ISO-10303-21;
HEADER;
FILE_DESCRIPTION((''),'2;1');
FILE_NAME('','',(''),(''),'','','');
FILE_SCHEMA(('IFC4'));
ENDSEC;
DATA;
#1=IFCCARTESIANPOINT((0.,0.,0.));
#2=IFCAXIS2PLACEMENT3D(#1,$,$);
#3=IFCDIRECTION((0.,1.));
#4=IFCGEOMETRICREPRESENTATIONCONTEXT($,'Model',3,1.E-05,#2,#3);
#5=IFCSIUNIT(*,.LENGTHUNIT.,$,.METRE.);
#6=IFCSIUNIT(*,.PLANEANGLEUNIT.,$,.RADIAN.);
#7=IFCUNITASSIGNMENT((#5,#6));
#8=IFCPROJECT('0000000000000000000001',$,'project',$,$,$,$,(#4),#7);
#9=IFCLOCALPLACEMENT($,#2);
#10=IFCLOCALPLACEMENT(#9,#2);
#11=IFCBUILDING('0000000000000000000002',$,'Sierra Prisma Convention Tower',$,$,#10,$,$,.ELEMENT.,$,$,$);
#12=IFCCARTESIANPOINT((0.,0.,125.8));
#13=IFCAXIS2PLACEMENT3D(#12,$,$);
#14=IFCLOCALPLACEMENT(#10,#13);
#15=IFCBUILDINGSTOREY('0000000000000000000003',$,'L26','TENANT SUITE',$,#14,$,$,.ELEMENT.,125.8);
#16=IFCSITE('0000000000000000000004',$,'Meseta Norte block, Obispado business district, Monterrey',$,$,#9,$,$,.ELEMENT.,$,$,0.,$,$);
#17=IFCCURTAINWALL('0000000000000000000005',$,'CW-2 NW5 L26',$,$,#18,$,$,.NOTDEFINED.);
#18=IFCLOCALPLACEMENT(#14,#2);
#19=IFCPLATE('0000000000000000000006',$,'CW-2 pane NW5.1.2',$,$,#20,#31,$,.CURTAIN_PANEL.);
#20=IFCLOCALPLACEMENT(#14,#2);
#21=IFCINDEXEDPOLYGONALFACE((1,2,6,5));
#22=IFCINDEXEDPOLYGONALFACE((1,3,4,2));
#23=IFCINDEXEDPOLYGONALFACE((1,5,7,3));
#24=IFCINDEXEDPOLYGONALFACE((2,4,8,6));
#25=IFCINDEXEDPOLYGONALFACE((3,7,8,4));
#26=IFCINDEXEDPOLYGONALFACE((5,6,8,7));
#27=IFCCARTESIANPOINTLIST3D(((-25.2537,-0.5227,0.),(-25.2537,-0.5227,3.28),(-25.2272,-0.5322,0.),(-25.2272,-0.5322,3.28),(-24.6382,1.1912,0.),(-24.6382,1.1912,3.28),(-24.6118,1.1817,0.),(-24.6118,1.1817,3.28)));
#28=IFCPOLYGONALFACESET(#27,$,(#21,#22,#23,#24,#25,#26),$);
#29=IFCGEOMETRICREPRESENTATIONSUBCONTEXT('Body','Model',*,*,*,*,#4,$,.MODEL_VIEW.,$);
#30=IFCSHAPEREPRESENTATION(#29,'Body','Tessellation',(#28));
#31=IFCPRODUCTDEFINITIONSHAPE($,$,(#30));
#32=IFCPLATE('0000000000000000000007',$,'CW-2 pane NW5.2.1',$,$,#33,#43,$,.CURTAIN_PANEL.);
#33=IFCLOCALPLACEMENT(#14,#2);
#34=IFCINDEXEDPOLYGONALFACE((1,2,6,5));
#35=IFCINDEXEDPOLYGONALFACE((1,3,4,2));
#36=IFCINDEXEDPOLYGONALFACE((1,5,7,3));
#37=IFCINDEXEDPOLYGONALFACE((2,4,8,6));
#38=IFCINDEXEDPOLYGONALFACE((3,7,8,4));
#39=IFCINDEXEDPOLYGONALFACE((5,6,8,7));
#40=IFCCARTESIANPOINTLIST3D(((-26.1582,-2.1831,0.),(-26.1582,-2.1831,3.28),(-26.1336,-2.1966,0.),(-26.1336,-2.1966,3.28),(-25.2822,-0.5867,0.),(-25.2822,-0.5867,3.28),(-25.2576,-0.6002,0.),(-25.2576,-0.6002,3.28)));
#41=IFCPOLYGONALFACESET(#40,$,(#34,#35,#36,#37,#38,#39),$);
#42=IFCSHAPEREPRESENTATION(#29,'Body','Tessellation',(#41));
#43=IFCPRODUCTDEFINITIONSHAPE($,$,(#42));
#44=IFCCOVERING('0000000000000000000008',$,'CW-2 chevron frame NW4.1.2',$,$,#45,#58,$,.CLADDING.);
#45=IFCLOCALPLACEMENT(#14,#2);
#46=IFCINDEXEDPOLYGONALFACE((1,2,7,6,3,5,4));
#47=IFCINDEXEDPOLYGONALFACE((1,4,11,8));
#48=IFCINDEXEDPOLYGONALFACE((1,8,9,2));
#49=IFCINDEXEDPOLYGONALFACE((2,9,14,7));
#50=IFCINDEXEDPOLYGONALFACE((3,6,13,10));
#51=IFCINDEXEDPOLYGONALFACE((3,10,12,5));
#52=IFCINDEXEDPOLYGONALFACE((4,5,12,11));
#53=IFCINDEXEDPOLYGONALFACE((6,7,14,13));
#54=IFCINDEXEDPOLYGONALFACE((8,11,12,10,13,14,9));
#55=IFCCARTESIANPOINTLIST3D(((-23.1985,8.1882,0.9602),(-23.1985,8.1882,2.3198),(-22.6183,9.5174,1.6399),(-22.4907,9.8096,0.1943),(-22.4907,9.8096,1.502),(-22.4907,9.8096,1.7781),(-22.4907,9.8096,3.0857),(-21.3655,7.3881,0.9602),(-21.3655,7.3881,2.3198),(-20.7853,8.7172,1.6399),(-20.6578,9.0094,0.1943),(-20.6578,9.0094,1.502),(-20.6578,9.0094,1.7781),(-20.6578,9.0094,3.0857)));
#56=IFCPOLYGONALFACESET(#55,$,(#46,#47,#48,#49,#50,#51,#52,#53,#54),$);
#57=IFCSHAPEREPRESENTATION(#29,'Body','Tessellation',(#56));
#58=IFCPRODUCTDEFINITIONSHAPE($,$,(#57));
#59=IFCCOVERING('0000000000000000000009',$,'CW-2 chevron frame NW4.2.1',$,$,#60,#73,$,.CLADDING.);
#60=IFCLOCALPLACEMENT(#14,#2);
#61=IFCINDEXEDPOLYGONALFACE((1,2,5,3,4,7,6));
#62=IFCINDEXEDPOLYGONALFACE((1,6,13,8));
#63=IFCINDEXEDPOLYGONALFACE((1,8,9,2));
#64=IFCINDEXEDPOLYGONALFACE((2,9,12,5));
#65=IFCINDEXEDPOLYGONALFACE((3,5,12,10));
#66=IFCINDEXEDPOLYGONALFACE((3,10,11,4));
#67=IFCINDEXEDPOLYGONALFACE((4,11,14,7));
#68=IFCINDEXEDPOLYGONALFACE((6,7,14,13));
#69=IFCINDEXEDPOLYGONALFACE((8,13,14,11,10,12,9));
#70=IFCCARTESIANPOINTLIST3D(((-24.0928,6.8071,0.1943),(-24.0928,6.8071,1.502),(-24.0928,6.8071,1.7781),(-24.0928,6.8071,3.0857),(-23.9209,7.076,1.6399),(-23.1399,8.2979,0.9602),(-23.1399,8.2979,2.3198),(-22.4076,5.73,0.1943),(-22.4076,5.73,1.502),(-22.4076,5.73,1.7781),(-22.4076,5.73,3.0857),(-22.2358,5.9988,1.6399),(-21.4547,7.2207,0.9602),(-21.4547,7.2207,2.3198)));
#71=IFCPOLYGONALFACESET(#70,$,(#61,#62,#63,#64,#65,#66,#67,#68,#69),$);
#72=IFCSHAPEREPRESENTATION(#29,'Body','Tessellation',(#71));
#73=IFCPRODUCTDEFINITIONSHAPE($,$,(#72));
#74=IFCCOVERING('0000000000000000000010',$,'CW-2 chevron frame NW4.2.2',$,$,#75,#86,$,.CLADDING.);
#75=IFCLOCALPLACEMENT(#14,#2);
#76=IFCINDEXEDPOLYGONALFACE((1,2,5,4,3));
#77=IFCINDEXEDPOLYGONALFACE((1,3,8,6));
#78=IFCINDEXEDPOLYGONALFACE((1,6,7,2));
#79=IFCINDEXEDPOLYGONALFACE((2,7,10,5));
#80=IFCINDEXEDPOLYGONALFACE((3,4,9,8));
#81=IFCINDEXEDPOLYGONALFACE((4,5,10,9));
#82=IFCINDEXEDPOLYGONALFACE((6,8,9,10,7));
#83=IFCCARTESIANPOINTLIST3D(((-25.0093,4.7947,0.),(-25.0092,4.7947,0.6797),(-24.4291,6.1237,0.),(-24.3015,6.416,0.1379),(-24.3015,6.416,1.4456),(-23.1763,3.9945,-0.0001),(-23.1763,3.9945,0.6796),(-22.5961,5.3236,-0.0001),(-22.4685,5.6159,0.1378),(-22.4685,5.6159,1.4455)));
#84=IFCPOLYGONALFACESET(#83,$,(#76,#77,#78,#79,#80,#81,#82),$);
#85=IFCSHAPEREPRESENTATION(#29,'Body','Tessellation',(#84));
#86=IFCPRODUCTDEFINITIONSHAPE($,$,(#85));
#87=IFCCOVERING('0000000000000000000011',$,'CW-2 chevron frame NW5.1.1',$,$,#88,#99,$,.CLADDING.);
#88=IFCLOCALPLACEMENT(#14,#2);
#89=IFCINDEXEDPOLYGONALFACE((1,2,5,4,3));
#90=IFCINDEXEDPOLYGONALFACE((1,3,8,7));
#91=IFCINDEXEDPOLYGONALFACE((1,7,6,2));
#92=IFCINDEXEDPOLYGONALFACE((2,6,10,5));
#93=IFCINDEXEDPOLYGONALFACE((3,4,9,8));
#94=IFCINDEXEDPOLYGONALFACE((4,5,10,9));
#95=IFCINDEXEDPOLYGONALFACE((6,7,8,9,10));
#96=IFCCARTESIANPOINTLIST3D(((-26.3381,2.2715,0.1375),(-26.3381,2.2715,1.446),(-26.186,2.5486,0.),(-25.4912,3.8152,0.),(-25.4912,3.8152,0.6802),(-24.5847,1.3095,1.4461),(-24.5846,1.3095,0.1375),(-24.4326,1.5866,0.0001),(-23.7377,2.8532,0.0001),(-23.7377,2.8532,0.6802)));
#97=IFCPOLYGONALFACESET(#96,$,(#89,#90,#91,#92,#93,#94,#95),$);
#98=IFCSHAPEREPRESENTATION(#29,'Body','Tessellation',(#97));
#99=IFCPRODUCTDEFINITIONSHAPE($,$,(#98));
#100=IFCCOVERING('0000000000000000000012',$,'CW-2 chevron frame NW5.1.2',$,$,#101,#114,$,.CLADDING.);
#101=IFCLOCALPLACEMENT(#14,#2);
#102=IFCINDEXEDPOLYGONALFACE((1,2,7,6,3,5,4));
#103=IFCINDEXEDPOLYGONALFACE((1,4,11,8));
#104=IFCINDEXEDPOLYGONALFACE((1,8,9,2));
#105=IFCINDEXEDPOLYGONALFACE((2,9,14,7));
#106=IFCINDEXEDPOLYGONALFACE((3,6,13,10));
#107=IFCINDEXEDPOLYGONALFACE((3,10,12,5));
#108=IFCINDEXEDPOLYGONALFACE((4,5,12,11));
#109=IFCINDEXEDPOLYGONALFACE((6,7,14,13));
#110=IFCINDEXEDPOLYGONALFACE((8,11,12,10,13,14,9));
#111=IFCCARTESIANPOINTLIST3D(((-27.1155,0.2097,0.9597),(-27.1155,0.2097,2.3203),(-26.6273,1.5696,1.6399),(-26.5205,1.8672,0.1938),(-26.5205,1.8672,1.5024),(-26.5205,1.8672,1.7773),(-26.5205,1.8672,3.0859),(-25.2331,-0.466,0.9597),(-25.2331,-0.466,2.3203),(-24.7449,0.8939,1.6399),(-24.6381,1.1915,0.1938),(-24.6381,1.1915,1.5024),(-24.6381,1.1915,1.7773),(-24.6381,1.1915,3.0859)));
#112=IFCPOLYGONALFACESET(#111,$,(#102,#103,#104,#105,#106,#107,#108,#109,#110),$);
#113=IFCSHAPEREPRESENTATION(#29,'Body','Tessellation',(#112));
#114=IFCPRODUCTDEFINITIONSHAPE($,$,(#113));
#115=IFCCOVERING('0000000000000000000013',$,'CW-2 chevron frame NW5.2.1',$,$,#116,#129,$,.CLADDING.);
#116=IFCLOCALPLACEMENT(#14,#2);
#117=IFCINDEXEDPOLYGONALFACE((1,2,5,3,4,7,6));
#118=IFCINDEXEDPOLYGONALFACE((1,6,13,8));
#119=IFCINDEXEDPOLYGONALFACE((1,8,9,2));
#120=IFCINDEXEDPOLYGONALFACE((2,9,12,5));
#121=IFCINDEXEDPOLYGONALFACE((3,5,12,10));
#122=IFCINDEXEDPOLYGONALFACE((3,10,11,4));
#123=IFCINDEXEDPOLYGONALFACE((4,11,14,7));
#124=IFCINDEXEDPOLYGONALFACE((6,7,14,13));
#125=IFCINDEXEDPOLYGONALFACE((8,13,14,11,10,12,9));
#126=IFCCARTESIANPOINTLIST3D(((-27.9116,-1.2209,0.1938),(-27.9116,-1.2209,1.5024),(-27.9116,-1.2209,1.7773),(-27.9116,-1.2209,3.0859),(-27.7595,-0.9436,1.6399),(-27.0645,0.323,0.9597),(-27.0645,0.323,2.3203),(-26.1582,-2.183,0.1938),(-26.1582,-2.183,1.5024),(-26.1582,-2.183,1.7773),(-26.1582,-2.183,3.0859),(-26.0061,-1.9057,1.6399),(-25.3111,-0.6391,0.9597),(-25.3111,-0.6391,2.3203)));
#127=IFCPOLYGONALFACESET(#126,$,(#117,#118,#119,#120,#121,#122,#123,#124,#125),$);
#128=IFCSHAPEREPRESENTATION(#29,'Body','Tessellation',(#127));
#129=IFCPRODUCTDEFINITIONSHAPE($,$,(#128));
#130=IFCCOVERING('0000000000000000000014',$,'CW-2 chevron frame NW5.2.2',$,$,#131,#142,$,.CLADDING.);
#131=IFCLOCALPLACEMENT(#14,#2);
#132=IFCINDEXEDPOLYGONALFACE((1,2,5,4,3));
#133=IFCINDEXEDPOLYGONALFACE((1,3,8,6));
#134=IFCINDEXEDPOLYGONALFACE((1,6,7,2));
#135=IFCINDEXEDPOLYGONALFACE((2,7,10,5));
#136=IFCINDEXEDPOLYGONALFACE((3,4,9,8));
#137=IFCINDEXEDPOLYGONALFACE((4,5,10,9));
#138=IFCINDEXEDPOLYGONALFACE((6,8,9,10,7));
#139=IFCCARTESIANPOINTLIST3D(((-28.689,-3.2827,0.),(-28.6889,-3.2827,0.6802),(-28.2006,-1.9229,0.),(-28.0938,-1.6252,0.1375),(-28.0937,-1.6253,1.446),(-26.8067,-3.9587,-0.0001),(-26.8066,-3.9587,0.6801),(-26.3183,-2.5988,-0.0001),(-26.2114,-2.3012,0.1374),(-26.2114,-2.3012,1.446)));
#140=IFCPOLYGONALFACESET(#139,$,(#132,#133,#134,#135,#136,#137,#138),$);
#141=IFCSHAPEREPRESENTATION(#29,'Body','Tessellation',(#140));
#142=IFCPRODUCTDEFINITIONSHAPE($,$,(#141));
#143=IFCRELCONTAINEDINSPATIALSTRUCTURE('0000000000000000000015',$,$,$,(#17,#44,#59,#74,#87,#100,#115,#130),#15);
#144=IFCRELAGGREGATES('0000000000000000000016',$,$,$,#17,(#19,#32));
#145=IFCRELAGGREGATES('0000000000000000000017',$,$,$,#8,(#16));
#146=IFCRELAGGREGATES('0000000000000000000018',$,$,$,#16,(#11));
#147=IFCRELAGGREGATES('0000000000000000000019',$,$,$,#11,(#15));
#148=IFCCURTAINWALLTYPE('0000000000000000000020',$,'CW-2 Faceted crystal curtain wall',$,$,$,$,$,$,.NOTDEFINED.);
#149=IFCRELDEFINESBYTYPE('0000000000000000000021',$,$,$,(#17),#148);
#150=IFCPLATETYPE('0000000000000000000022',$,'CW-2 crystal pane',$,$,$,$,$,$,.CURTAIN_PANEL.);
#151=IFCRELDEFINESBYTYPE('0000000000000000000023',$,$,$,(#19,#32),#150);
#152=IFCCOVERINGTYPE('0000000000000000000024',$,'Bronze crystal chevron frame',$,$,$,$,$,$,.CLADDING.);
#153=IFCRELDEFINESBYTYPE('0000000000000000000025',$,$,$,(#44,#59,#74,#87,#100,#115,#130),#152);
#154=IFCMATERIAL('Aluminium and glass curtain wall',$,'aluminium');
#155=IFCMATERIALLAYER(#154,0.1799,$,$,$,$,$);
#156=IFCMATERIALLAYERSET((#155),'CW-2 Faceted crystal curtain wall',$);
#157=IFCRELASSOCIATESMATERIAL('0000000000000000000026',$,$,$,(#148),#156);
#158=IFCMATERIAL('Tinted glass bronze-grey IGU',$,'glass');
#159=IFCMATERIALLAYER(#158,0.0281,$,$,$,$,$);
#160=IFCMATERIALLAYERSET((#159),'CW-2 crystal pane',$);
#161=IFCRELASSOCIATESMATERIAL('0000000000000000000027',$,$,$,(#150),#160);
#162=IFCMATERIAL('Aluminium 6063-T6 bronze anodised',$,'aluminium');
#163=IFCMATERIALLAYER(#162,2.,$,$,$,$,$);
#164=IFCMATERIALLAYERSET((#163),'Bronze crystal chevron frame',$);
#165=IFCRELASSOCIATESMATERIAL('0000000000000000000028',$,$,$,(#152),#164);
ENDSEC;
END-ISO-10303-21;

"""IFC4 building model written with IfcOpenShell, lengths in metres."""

from ifc_helpers import new_model, si_unit, direction, frame, origin, place, context, subcontext, project, spatial, polyline, outline, extrude, material, layer, layer_set, type_object, element, aggregate, save


model = new_model("IFC4")

# Units and contexts
model_context = context("Model", 3, precision=1e-05, world=origin(), true_north=direction((0.0, 1.0)))
body_context = subcontext(model_context, "Body", "Model", "MODEL_VIEW")
ifc_project = project(units=[si_unit("LENGTHUNIT", "METRE"), si_unit("PLANEANGLEUNIT", "RADIAN")], contexts=[model_context])

# Site, building, storey
site_placement = place(None, origin())
site = spatial("IfcSite", under=ifc_project, at=site_placement, Name="Meseta Norte block, Obispado business district, Monterrey", CompositionType="ELEMENT", RefElevation=0.0)
building_placement = place(site_placement, origin())
building = spatial("IfcBuilding", under=site, at=building_placement, Name="Sierra Prisma Convention Tower", CompositionType="ELEMENT")
storey_placement = place(building_placement, frame((0.0, 0.0, 125.8)))
storey = spatial("IfcBuildingStorey", under=building, at=storey_placement, Name="L26", Description="TENANT SUITE", CompositionType="ELEMENT", Elevation=125.8)

# Shared definitions
ifc_material_1 = material(Name="Aluminium and glass curtain wall", Category="aluminium")
ifc_layer_1 = layer(ifc_material_1, 0.1799)
ifc_layer_set_1 = layer_set([ifc_layer_1], Name="CW-2 Faceted crystal curtain wall")
curtain_wall_type = type_object("IfcCurtainWallType", Name="CW-2 Faceted crystal curtain wall", PredefinedType="NOTDEFINED", material=ifc_layer_set_1)

# Curtain wall
curtain_wall_1_placement = place(storey_placement, origin())
curtain_wall_1 = element("IfcCurtainWall", 1, at=curtain_wall_1_placement, inside=storey, type_object=curtain_wall_type, Name="CW-2 NW5 L26", PredefinedType="NOTDEFINED")

# Plates
ifc_material_2 = material(Name="Tinted glass bronze-grey IGU", Category="glass")
ifc_layer_2 = layer(ifc_material_2, 0.0281)
ifc_layer_set_2 = layer_set([ifc_layer_2], Name="CW-2 crystal pane")
plate_type = type_object("IfcPlateType", Name="CW-2 crystal pane", PredefinedType="CURTAIN_PANEL", material=ifc_layer_set_2)
plate_1_placement = place(storey_placement, frame((-25.2537, -0.5227, 0.0), z_axis=(-0.941152, 0.337984, 0.0), x_axis=(0.337984, 0.941152, 0.0)))
plate_1 = element("IfcPlate", 2, at=plate_1_placement, type_object=plate_type, Name="CW-2 pane NW5.1.2", PredefinedType="CURTAIN_PANEL", context=body_context, shape_type="SweptSolid", body=[
    extrude(outline(polyline([(0.0, 0.0), (1.821, 0.0), (1.821, -3.28), (0.0, -3.28), (0.0, 0.0)])), origin(), (0.0, 0.0, -1.0), 0.0281),
])
plate_2_placement = place(storey_placement, frame((-25.2822, -0.5867, 0.0), z_axis=(-0.876694, 0.481049, 0.0), x_axis=(-0.481049, -0.876694, 0.0)))
plate_2 = element("IfcPlate", 3, at=plate_2_placement, type_object=plate_type, Name="CW-2 pane NW5.2.1", PredefinedType="CURTAIN_PANEL", context=body_context, shape_type="SweptSolid", body=[
    extrude(outline(polyline([(0.0, 0.0), (1.821, 0.0), (1.821, 3.28), (0.0, 3.28), (0.0, 0.0)])), origin(), (0.0, 0.0, -1.0), 0.0281),
])
aggregate(curtain_wall_1, [plate_1, plate_2])

# Coverings
ifc_material_3 = material(Name="Aluminium 6063-T6 bronze anodised", Category="aluminium")
ifc_layer_3 = layer(ifc_material_3, 2.0)
ifc_layer_set_3 = layer_set([ifc_layer_3], Name="Bronze crystal chevron frame")
covering_type = type_object("IfcCoveringType", Name="Bronze crystal chevron frame", PredefinedType="CLADDING", material=ifc_layer_set_3)
covering_1_placement = place(storey_placement, frame((-22.4907, 9.8096, 1.502), z_axis=(-0.916482, 0.400077, 0.0), x_axis=(0.0, 0.0, -1.0)))
element("IfcCovering", 4, at=covering_1_placement, inside=storey, type_object=covering_type, Name="CW-2 chevron frame NW4.1.2", PredefinedType="CLADDING", context=body_context, shape_type="SweptSolid", body=[
    extrude(outline(polyline([(0.0, 0.0), (1.3076, 0.0), (0.5417, 1.7691), (-0.8179, 1.7691), (-1.5837, 0.0), (-0.2761, 0.0), (-0.1379, 0.3188), (0.0, 0.0)])), origin(), (0.0, 0.0, -1.0), 2.0),
])
covering_2_placement = place(storey_placement, frame((-23.1399, 8.2979, 0.9602), z_axis=(-0.842575, 0.538578, 0.0), x_axis=(-0.494258, -0.773238, -0.397256)))
element("IfcCovering", 5, at=covering_2_placement, inside=storey, type_object=covering_type, Name="CW-2 chevron frame NW4.2.1", PredefinedType="CLADDING", context=body_context, shape_type="SweptSolid", body=[
    extrude(outline(polyline([(0.0, 0.0), (1.9279, 0.0), (1.4084, 1.2), (1.0608, 1.1999), (1.2987, 1.4534), (0.7793, 2.6534), (-0.5401, 1.2477), (0.0, 0.0)])), origin(), (0.0, 0.0, -1.0), 2.0),
])
covering_3_placement = place(storey_placement, frame((-24.3015, 6.416, 0.1379), z_axis=(-0.916485, 0.400069, 0.00005), x_axis=(-0.367212, -0.841164, -0.396986)))
element("IfcCovering", 6, at=covering_3_placement, inside=storey, type_object=covering_type, Name="CW-2 chevron frame NW4.2.2", PredefinedType="CLADDING", context=body_context, shape_type="SweptSolid", body=[
    extrude(outline(polyline([(0.0, 0.0), (0.3475, 0.0), (1.6785, 0.5757), (1.4086, 1.1995), (-0.5191, 1.2002), (0.0, 0.0)])), origin(), (0.0, 0.0, -1.0), 2.0),
])
covering_4_placement = place(storey_placement, frame((-26.186, 2.5486, 0.0), z_axis=(-0.876723, 0.480996, -0.000031), x_axis=(-0.441109, -0.803995, 0.398767)))
element("IfcCovering", 7, at=covering_4_placement, inside=storey, type_object=covering_type, Name="CW-2 chevron frame NW5.1.1", PredefinedType="CLADDING", context=body_context, shape_type="SweptSolid", body=[
    extrude(outline(polyline([(0.0, 0.0), (0.3447, 0.0), (0.8665, 1.2), (-1.0536, 1.1998), (-1.3248, 0.5761), (0.0, 0.0)])), origin(), (0.0, 0.0, -1.0), 2.0),
])
covering_5_placement = place(storey_placement, frame((-26.5205, 1.8672, 1.5024), z_axis=(-0.941196, 0.33786, 0.0), x_axis=(0.0, 0.0, -1.0)))
element("IfcCovering", 8, at=covering_5_placement, inside=storey, type_object=covering_type, Name="CW-2 chevron frame NW5.1.2", PredefinedType="CLADDING", context=body_context, shape_type="SweptSolid", body=[
    extrude(outline(polyline([(0.0, 0.0), (1.3086, 0.0), (0.5427, 1.761), (-0.8179, 1.761), (-1.5835, 0.0), (-0.2749, 0.0), (-0.1375, 0.3162), (0.0, 0.0)])), origin(), (0.0, 0.0, -1.0), 2.0),
])
covering_6_placement = place(storey_placement, frame((-27.0645, 0.323, 0.9597), z_axis=(-0.876694, 0.481048, 0.0), x_axis=(-0.441139, -0.803961, -0.398803)))
element("IfcCovering", 9, at=covering_6_placement, inside=storey, type_object=covering_type, Name="CW-2 chevron frame NW5.2.1", PredefinedType="CLADDING", context=body_context, shape_type="SweptSolid", body=[
    extrude(outline(polyline([(0.0, 0.0), (1.9204, 0.0), (1.3986, 1.2), (1.0537, 1.1999), (1.2889, 1.4521), (0.767, 2.6522), (-0.5426, 1.2477), (0.0, 0.0)])), origin(), (0.0, 0.0, -1.0), 2.0),
])
covering_7_placement = place(storey_placement, frame((-28.0938, -1.6252, 0.1375), z_axis=(-0.941155, 0.337976, 0.000027), x_axis=(-0.309973, -0.863144, -0.398622)))
element("IfcCovering", 10, at=covering_7_placement, inside=storey, type_object=covering_type, Name="CW-2 chevron frame NW5.2.2", PredefinedType="CLADDING", context=body_context, shape_type="SweptSolid", body=[
    extrude(outline(polyline([(0.0, 0.0), (0.3448, 0.0), (1.6699, 0.576), (1.3988, 1.1998), (-0.5216, 1.2001), (0.0, 0.0)])), origin(), (0.0, 0.0, -1.0), 2.0),
])

save(model, "model.ifc")
